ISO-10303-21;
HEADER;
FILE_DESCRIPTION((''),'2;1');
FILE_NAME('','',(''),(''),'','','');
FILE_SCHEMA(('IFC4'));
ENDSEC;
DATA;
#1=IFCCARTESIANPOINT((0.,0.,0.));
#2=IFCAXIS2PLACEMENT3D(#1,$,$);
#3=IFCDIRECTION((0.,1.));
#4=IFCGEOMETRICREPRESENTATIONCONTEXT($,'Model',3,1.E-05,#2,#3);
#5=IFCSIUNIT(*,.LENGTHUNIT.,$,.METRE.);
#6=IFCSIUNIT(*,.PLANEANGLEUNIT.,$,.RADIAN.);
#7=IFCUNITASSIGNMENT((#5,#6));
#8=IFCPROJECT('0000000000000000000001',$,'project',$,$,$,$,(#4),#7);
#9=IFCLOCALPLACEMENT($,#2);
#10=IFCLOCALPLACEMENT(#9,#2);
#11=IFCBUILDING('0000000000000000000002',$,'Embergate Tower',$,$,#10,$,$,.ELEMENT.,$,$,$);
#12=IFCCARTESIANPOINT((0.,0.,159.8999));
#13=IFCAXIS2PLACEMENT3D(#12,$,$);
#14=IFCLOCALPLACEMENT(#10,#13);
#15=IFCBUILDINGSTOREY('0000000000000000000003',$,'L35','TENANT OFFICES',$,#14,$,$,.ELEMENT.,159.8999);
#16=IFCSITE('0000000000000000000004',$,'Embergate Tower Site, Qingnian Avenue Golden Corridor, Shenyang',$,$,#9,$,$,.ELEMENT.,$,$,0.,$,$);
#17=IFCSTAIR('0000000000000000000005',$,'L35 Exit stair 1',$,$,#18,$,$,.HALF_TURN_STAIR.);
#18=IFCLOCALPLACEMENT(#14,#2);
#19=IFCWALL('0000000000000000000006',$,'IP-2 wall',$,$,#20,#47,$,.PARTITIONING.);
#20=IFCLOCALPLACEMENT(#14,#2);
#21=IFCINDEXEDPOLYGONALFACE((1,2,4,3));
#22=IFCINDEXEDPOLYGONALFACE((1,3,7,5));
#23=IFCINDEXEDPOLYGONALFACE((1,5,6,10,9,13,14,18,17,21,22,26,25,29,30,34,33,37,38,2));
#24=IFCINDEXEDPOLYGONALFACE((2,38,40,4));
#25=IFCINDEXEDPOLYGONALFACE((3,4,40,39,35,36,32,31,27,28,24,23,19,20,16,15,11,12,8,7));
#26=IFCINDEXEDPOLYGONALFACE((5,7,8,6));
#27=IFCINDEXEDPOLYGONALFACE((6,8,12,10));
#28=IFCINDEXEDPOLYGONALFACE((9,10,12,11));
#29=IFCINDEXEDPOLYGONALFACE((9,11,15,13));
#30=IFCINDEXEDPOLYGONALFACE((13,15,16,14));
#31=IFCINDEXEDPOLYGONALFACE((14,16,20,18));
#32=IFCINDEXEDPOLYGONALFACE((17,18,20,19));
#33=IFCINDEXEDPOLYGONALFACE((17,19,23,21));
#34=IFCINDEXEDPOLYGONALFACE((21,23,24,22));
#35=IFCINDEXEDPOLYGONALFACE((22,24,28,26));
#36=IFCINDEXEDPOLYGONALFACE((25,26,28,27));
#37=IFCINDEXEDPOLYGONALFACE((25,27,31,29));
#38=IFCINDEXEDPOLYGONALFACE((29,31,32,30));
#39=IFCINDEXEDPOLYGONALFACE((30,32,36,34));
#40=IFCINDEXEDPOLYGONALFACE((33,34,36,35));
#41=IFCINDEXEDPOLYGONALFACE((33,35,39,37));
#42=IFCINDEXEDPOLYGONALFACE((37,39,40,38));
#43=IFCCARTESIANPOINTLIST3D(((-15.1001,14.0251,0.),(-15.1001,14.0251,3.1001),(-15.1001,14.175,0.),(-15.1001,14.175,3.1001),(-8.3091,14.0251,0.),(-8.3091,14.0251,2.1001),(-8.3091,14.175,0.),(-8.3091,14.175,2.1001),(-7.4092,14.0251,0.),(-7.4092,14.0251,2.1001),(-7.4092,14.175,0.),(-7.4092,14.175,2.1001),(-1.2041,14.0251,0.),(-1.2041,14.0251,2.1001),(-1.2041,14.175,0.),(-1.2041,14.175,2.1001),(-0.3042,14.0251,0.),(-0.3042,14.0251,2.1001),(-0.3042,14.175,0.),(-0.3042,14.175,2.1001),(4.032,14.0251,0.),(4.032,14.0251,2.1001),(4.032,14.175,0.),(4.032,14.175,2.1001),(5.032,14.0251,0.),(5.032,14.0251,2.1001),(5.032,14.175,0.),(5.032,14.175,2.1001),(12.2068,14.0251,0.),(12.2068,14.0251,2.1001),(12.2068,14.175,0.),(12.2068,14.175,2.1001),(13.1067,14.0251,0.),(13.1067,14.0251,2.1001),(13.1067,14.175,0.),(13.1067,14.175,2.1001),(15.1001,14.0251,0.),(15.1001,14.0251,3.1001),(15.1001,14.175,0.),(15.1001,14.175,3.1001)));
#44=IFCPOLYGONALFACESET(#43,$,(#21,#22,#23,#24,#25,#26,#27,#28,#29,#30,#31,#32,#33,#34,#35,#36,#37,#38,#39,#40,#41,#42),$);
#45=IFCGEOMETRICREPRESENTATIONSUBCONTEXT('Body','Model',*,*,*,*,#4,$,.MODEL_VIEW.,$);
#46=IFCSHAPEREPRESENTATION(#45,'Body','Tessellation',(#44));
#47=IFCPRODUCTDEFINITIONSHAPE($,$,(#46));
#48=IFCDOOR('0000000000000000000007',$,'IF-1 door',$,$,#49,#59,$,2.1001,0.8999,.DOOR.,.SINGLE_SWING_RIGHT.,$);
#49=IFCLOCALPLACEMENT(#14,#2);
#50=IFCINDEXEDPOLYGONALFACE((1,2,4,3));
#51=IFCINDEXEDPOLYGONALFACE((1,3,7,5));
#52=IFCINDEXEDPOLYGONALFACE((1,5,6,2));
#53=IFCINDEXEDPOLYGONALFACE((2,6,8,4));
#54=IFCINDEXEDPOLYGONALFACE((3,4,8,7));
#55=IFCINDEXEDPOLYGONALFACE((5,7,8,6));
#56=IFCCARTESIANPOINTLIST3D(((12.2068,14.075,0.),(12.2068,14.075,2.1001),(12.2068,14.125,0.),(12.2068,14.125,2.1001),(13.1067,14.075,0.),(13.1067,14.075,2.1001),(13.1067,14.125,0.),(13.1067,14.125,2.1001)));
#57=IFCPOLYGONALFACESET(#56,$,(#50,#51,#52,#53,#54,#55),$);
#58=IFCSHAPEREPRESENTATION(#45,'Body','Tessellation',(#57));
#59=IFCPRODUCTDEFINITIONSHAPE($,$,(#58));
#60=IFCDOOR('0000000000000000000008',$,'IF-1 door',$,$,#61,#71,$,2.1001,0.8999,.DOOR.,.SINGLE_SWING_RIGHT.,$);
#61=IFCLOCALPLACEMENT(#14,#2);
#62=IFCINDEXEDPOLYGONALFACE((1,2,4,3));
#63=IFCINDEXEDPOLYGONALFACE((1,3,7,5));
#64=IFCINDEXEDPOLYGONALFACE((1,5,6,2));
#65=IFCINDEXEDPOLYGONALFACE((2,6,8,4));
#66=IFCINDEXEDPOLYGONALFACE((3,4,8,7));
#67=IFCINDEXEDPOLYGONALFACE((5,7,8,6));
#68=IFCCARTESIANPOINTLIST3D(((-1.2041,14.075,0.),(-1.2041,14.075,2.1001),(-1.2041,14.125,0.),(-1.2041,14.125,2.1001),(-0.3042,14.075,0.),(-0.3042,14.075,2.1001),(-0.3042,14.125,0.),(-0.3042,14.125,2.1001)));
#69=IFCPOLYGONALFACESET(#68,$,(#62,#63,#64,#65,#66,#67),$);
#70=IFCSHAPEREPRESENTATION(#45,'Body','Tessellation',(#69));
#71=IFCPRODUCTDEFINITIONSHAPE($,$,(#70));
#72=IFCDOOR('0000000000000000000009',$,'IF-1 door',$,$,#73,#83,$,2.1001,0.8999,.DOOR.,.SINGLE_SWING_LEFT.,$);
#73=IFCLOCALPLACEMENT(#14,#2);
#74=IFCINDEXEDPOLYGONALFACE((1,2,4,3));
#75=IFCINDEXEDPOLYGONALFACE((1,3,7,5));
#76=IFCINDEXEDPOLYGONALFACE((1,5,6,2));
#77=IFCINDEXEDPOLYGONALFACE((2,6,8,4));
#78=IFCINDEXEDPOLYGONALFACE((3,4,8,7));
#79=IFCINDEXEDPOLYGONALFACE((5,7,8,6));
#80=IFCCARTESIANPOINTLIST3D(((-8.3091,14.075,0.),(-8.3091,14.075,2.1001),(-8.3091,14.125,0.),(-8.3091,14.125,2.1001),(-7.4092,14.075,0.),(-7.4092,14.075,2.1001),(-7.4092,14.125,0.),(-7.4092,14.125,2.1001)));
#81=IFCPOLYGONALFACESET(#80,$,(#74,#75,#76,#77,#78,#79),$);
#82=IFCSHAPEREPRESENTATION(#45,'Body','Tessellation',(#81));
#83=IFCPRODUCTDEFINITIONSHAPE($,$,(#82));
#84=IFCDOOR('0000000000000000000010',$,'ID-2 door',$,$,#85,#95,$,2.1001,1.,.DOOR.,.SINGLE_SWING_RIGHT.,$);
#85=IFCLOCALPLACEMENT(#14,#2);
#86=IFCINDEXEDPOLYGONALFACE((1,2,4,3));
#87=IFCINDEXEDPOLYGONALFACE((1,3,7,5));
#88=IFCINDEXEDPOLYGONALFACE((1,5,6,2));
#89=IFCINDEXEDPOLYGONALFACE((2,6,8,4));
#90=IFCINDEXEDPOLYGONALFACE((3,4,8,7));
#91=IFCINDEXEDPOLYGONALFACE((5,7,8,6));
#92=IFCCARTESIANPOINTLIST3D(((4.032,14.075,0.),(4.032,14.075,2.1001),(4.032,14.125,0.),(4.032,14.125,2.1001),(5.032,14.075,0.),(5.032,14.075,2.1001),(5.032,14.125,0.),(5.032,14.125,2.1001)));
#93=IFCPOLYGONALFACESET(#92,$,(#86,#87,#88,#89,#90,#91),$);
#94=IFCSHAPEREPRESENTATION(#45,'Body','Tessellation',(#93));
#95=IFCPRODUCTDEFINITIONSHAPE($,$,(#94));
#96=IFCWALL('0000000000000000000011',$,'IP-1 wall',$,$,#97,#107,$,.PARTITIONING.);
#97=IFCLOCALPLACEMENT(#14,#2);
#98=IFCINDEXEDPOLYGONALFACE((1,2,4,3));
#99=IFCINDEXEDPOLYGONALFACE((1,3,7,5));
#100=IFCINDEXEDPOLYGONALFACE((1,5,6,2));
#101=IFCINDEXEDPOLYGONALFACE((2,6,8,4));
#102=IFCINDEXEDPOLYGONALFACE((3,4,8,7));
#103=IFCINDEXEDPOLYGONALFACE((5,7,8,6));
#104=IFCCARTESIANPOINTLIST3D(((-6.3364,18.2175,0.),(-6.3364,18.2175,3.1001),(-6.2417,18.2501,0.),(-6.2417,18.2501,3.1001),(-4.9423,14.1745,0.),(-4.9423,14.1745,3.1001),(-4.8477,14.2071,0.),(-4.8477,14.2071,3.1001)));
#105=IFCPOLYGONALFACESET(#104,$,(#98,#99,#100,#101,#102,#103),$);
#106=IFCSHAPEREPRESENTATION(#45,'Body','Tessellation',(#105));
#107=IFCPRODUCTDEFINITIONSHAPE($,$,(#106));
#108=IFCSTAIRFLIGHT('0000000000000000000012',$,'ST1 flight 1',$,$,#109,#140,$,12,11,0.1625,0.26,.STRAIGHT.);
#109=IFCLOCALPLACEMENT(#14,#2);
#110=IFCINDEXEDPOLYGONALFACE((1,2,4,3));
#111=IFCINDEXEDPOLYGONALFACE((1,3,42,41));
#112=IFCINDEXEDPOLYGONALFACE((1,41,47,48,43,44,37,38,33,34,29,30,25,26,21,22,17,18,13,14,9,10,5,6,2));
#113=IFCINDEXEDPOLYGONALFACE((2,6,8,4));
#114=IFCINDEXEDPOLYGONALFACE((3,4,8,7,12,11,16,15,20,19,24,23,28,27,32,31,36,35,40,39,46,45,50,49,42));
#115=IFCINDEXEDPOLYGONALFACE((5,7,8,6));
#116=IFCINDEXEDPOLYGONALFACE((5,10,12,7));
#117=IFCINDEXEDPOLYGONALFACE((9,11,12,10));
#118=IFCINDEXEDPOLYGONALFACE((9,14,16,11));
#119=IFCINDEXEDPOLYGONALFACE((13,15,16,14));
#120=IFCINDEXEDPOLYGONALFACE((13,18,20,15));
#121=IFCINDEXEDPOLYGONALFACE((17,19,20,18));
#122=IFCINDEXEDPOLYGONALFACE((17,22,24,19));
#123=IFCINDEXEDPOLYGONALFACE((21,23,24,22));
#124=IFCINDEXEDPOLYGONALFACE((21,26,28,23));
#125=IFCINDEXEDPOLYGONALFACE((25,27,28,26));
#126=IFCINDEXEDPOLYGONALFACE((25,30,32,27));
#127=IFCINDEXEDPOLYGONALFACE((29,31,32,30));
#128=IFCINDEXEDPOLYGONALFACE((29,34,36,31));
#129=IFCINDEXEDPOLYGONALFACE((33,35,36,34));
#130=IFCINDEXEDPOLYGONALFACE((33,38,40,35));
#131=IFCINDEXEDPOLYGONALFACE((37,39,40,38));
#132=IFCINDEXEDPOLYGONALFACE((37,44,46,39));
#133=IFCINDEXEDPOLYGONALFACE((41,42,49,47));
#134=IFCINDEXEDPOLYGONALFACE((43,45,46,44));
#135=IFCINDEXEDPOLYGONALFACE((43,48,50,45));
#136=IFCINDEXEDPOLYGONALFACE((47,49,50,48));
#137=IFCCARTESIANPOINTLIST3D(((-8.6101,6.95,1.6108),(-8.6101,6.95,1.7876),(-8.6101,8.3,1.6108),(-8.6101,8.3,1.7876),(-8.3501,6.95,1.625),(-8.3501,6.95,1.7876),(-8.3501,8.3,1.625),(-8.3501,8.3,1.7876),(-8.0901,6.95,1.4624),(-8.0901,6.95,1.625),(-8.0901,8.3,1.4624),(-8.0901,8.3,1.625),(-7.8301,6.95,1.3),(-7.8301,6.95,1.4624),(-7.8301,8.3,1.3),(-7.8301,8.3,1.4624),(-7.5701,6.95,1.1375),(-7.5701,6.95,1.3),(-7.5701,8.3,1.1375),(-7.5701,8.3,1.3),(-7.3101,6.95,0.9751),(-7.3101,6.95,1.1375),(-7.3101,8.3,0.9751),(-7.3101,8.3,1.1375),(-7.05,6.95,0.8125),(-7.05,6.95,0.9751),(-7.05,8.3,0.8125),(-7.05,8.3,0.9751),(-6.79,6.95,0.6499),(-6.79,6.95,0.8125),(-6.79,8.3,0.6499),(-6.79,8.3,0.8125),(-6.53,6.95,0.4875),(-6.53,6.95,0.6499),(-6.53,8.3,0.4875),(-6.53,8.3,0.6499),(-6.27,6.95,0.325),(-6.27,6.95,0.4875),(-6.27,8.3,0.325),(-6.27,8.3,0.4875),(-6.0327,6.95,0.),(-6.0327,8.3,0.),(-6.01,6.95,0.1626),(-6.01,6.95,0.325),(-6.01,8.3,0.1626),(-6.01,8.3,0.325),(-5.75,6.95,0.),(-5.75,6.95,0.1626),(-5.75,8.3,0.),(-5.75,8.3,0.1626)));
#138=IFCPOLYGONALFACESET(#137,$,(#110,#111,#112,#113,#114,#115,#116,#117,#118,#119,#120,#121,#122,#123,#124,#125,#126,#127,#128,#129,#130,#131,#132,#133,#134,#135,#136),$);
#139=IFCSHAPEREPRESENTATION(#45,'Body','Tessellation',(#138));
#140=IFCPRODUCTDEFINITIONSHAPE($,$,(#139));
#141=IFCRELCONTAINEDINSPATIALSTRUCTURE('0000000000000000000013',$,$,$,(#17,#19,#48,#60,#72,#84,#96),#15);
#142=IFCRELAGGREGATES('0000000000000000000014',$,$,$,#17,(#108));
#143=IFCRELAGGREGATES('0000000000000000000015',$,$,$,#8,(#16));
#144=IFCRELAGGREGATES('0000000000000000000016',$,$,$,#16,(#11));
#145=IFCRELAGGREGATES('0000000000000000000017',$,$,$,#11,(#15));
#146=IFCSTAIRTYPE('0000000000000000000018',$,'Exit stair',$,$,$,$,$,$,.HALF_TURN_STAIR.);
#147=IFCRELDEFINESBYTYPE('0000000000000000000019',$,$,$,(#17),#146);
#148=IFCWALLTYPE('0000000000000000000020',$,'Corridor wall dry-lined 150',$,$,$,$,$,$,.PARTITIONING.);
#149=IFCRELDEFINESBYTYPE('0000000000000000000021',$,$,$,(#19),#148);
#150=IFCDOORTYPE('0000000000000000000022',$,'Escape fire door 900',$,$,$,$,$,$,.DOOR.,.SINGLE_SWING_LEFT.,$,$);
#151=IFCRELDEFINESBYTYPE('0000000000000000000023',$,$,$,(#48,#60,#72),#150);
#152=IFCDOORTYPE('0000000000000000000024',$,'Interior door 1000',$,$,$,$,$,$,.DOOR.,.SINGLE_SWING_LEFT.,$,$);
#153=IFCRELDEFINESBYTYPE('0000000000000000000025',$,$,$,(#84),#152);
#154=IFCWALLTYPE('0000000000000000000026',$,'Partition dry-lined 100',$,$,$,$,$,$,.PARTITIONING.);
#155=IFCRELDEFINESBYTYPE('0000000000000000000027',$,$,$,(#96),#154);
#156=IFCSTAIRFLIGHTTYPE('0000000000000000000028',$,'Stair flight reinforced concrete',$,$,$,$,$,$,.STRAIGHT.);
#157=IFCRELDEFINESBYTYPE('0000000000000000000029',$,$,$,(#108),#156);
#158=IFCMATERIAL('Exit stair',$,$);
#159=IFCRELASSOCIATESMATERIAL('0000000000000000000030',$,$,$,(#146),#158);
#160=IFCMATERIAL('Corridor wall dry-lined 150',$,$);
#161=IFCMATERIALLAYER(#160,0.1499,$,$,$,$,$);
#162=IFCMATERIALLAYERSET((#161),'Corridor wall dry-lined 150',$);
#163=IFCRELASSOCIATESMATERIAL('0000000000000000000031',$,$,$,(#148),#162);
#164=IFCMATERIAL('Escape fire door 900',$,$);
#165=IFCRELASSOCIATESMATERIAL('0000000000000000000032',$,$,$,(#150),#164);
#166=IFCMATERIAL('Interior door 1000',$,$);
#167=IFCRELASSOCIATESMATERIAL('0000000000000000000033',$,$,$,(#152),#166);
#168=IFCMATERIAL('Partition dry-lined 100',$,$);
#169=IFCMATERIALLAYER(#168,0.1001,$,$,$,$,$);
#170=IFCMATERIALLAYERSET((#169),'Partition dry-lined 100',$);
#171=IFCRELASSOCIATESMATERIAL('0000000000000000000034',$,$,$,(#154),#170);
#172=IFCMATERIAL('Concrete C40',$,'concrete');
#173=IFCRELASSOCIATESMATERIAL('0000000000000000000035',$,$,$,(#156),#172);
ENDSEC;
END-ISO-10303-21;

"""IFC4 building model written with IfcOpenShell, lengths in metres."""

from ifc_helpers import new_model, si_unit, direction, frame, frame_2d, origin, place, context, subcontext, project, spatial, polyline, rectangle, outline, extrude, source, transform, mapped, material, layer, layer_set, type_object, element, fill, aggregate, save


model = new_model("IFC4")

# Units and contexts
model_context = context("Model", 3, precision=1e-05, world=origin(), true_north=direction((0.0, 1.0)))
body_context = subcontext(model_context, "Body", "Model", "MODEL_VIEW")
ifc_project = project(units=[si_unit("LENGTHUNIT", "METRE"), si_unit("PLANEANGLEUNIT", "RADIAN")], contexts=[model_context])

# Site, building, storey
site_placement = place(None, origin())
site = spatial("IfcSite", under=ifc_project, at=site_placement, Name="Embergate Tower Site, Qingnian Avenue Golden Corridor, Shenyang", CompositionType="ELEMENT", RefElevation=0.0)
building_placement = place(site_placement, origin())
building = spatial("IfcBuilding", under=site, at=building_placement, Name="Embergate Tower", CompositionType="ELEMENT")
storey_placement = place(building_placement, frame((0.0, 0.0, 159.8999)))
storey = spatial("IfcBuildingStorey", under=building, at=storey_placement, Name="L35", Description="TENANT OFFICES", CompositionType="ELEMENT", Elevation=159.8999)

# Stair
ifc_material_1 = material(Name="Exit stair")
stair_type = type_object("IfcStairType", Name="Exit stair", PredefinedType="HALF_TURN_STAIR", material=ifc_material_1)
stair_placement = place(storey_placement, origin())
stair = element("IfcStair", 1, at=stair_placement, inside=storey, type_object=stair_type, Name="L35 Exit stair 1", PredefinedType="HALF_TURN_STAIR")
ifc_material_2 = material(Name="Concrete C40", Category="concrete")

# Wall, openings, doors
ifc_material_3 = material(Name="Corridor wall dry-lined 150")
ifc_layer_1 = layer(ifc_material_3, 0.1499)
ifc_layer_set_1 = layer_set([ifc_layer_1], Name="Corridor wall dry-lined 150")
wall_type_1 = type_object("IfcWallType", Name="Corridor wall dry-lined 150", PredefinedType="PARTITIONING", material=ifc_layer_set_1)
shared_shape_1 = source(origin(), body_context, "Body", "SweptSolid", [
    extrude(rectangle(XDim=30.2002, YDim=0.1499, at=frame_2d((15.1001, 0.0))), origin(), (0.0, 0.0, 1.0), 3.1001),
])
wall_1_placement = place(storey_placement, frame((-15.1001, 14.1001, 0.0), z_axis=(0.0, 0.0, 1.0), x_axis=(1.0, 0.0, 0.0)))
wall_1 = element("IfcWall", 2, at=wall_1_placement, inside=storey, type_object=wall_type_1, Name="IP-2 wall", PredefinedType="PARTITIONING", context=body_context, shape_type="MappedRepresentation", body=[
    mapped(shared_shape_1, transform((0.0, 0.0, 0.0))),
])
shared_shape_2 = source(origin(), body_context, "Body", "SweptSolid", [
    extrude(rectangle(XDim=0.8999, YDim=2.1001, at=frame_2d((0.45, 1.05))), frame((0.0, 0.085, 0.0), z_axis=(0.0, -1.0, 0.0), x_axis=(1.0, 0.0, 0.0)), (0.0, 0.0, 1.0), 0.1699),
])
opening_1_placement = place(wall_1_placement, frame((27.3069, 0.0, 0.0)))
opening_1 = element("IfcOpeningElement", 3, at=opening_1_placement, cuts=wall_1, PredefinedType="OPENING", context=body_context, shape_type="MappedRepresentation", body=[
    mapped(shared_shape_2, transform((0.0, 0.0, 0.0))),
])
shared_shape_3 = source(origin(), body_context, "Body", "SweptSolid", [
    extrude(rectangle(XDim=1.0, YDim=2.1001, at=frame_2d((0.5, 1.05))), frame((0.0, 0.085, 0.0), z_axis=(0.0, -1.0, 0.0), x_axis=(1.0, 0.0, 0.0)), (0.0, 0.0, 1.0), 0.1699),
])
opening_2_placement = place(wall_1_placement, frame((19.1321, 0.0, 0.0)))
opening_2 = element("IfcOpeningElement", 4, at=opening_2_placement, cuts=wall_1, PredefinedType="OPENING", context=body_context, shape_type="MappedRepresentation", body=[
    mapped(shared_shape_3, transform((0.0, 0.0, 0.0))),
])
opening_3_placement = place(wall_1_placement, frame((13.896, 0.0, 0.0)))
opening_3 = element("IfcOpeningElement", 5, at=opening_3_placement, cuts=wall_1, PredefinedType="OPENING", context=body_context, shape_type="MappedRepresentation", body=[
    mapped(shared_shape_2, transform((0.0, 0.0, 0.0))),
])
opening_4_placement = place(wall_1_placement, frame((6.791, 0.0, 0.0)))
opening_4 = element("IfcOpeningElement", 6, at=opening_4_placement, cuts=wall_1, PredefinedType="OPENING", context=body_context, shape_type="MappedRepresentation", body=[
    mapped(shared_shape_2, transform((0.0, 0.0, 0.0))),
])
ifc_material_4 = material(Name="Escape fire door 900")
door_type_1 = type_object("IfcDoorType", Name="Escape fire door 900", OperationType="SINGLE_SWING_LEFT", PredefinedType="DOOR", material=ifc_material_4)
shared_shape_4 = source(origin(), body_context, "Body", "SweptSolid", [
    extrude(rectangle(XDim=0.8999, YDim=2.1001, at=frame_2d((0.45, 1.05))), frame((0.0, 0.0249, 0.0), z_axis=(0.0, -1.0, 0.0), x_axis=(1.0, 0.0, 0.0)), (0.0, 0.0, 1.0), 0.05),
])
door_1_placement = place(opening_1_placement, origin())
door_1 = element("IfcDoor", 7, at=door_1_placement, inside=storey, type_object=door_type_1, Name="IF-1 door", OperationType="SINGLE_SWING_RIGHT", OverallHeight=2.1001, OverallWidth=0.8999, PredefinedType="DOOR", context=body_context, shape_type="MappedRepresentation", body=[
    mapped(shared_shape_4, transform((0.0, 0.0, 0.0))),
])
fill(opening_1, door_1)
door_2_placement = place(opening_3_placement, origin())
door_2 = element("IfcDoor", 8, at=door_2_placement, inside=storey, type_object=door_type_1, Name="IF-1 door", OperationType="SINGLE_SWING_RIGHT", OverallHeight=2.1001, OverallWidth=0.8999, PredefinedType="DOOR", context=body_context, shape_type="MappedRepresentation", body=[
    mapped(shared_shape_4, transform((0.0, 0.0, 0.0))),
])
fill(opening_3, door_2)
door_3_placement = place(opening_4_placement, origin())
door_3 = element("IfcDoor", 9, at=door_3_placement, inside=storey, type_object=door_type_1, Name="IF-1 door", OperationType="SINGLE_SWING_LEFT", OverallHeight=2.1001, OverallWidth=0.8999, PredefinedType="DOOR", context=body_context, shape_type="MappedRepresentation", body=[
    mapped(shared_shape_4, transform((0.0, 0.0, 0.0))),
])
fill(opening_4, door_3)
ifc_material_5 = material(Name="Interior door 1000")
door_type_2 = type_object("IfcDoorType", Name="Interior door 1000", OperationType="SINGLE_SWING_LEFT", PredefinedType="DOOR", material=ifc_material_5)
shared_shape_5 = source(origin(), body_context, "Body", "SweptSolid", [
    extrude(rectangle(XDim=1.0, YDim=2.1001, at=frame_2d((0.5, 1.05))), frame((0.0, 0.0249, 0.0), z_axis=(0.0, -1.0, 0.0), x_axis=(1.0, 0.0, 0.0)), (0.0, 0.0, 1.0), 0.05),
])
door_4_placement = place(opening_2_placement, origin())
door_4 = element("IfcDoor", 10, at=door_4_placement, inside=storey, type_object=door_type_2, Name="ID-2 door", OperationType="SINGLE_SWING_RIGHT", OverallHeight=2.1001, OverallWidth=1.0, PredefinedType="DOOR", context=body_context, shape_type="MappedRepresentation", body=[
    mapped(shared_shape_5, transform((0.0, 0.0, 0.0))),
])
fill(opening_2, door_4)

# Wall
ifc_material_6 = material(Name="Partition dry-lined 100")
ifc_layer_2 = layer(ifc_material_6, 0.1001)
ifc_layer_set_2 = layer_set([ifc_layer_2], Name="Partition dry-lined 100")
wall_type_2 = type_object("IfcWallType", Name="Partition dry-lined 100", PredefinedType="PARTITIONING", material=ifc_layer_set_2)
shared_shape_6 = source(origin(), body_context, "Body", "SweptSolid", [
    extrude(rectangle(XDim=4.2766, YDim=0.1001, at=frame_2d((2.1382, 0.0))), origin(), (0.0, 0.0, 1.0), 3.1001),
])
wall_2_placement = place(storey_placement, frame((-4.895, 14.1909, 0.0), z_axis=(0.0, 0.0, 1.0), x_axis=(-0.325973, 0.945379, 0.0)))
element("IfcWall", 11, at=wall_2_placement, inside=storey, type_object=wall_type_2, Name="IP-1 wall", PredefinedType="PARTITIONING", context=body_context, shape_type="MappedRepresentation", body=[
    mapped(shared_shape_6, transform((0.0, 0.0, 0.0))),
])

# Stair flight
stair_flight_type = type_object("IfcStairFlightType", Name="Stair flight reinforced concrete", PredefinedType="STRAIGHT", material=ifc_material_2)
shared_shape_7 = source(origin(), body_context, "Body", "SweptSolid", [
    extrude(outline(polyline([(0.0, 0.0), (0.0, 0.1626), (0.26, 0.1626), (0.26, 0.325), (0.52, 0.325), (0.52, 0.4875), (0.78, 0.4875), (0.78, 0.6499), (1.04, 0.6499), (1.04, 0.8125), (1.3, 0.8125), (1.3, 0.9751), (1.5601, 0.9751), (1.5601, 1.1375), (1.8201, 1.1375), (1.8201, 1.3), (2.0801, 1.3), (2.0801, 1.4624), (2.3401, 1.4624), (2.3401, 1.625), (2.6001, 1.625), (2.6001, 1.7876), (2.8601, 1.7876), (2.8601, 1.95), (2.8601, 1.6108), (0.2827, 0.0), (0.0, 0.0)])), frame((0.0, 0.675, 0.0), z_axis=(0.0, -1.0, 0.0), x_axis=(1.0, 0.0, 0.0)), (0.0, 0.0, 1.0), 1.3501),
])
stair_flight_1_placement = place(storey_placement, frame((-5.75, 7.625, 0.0), z_axis=(0.0, 0.0, 1.0), x_axis=(-1.0, 0.0, 0.0)))
stair_flight_1 = element("IfcStairFlight", 12, at=stair_flight_1_placement, type_object=stair_flight_type, Name="ST1 flight 1", NumberOfRisers=12, NumberOfTreads=11, PredefinedType="STRAIGHT", RiserHeight=0.1625, TreadLength=0.26, context=body_context, shape_type="MappedRepresentation", body=[
    mapped(shared_shape_7, transform((0.0, 0.0, 0.0))),
])
aggregate(stair, [stair_flight_1])

save(model, "model.ifc")
